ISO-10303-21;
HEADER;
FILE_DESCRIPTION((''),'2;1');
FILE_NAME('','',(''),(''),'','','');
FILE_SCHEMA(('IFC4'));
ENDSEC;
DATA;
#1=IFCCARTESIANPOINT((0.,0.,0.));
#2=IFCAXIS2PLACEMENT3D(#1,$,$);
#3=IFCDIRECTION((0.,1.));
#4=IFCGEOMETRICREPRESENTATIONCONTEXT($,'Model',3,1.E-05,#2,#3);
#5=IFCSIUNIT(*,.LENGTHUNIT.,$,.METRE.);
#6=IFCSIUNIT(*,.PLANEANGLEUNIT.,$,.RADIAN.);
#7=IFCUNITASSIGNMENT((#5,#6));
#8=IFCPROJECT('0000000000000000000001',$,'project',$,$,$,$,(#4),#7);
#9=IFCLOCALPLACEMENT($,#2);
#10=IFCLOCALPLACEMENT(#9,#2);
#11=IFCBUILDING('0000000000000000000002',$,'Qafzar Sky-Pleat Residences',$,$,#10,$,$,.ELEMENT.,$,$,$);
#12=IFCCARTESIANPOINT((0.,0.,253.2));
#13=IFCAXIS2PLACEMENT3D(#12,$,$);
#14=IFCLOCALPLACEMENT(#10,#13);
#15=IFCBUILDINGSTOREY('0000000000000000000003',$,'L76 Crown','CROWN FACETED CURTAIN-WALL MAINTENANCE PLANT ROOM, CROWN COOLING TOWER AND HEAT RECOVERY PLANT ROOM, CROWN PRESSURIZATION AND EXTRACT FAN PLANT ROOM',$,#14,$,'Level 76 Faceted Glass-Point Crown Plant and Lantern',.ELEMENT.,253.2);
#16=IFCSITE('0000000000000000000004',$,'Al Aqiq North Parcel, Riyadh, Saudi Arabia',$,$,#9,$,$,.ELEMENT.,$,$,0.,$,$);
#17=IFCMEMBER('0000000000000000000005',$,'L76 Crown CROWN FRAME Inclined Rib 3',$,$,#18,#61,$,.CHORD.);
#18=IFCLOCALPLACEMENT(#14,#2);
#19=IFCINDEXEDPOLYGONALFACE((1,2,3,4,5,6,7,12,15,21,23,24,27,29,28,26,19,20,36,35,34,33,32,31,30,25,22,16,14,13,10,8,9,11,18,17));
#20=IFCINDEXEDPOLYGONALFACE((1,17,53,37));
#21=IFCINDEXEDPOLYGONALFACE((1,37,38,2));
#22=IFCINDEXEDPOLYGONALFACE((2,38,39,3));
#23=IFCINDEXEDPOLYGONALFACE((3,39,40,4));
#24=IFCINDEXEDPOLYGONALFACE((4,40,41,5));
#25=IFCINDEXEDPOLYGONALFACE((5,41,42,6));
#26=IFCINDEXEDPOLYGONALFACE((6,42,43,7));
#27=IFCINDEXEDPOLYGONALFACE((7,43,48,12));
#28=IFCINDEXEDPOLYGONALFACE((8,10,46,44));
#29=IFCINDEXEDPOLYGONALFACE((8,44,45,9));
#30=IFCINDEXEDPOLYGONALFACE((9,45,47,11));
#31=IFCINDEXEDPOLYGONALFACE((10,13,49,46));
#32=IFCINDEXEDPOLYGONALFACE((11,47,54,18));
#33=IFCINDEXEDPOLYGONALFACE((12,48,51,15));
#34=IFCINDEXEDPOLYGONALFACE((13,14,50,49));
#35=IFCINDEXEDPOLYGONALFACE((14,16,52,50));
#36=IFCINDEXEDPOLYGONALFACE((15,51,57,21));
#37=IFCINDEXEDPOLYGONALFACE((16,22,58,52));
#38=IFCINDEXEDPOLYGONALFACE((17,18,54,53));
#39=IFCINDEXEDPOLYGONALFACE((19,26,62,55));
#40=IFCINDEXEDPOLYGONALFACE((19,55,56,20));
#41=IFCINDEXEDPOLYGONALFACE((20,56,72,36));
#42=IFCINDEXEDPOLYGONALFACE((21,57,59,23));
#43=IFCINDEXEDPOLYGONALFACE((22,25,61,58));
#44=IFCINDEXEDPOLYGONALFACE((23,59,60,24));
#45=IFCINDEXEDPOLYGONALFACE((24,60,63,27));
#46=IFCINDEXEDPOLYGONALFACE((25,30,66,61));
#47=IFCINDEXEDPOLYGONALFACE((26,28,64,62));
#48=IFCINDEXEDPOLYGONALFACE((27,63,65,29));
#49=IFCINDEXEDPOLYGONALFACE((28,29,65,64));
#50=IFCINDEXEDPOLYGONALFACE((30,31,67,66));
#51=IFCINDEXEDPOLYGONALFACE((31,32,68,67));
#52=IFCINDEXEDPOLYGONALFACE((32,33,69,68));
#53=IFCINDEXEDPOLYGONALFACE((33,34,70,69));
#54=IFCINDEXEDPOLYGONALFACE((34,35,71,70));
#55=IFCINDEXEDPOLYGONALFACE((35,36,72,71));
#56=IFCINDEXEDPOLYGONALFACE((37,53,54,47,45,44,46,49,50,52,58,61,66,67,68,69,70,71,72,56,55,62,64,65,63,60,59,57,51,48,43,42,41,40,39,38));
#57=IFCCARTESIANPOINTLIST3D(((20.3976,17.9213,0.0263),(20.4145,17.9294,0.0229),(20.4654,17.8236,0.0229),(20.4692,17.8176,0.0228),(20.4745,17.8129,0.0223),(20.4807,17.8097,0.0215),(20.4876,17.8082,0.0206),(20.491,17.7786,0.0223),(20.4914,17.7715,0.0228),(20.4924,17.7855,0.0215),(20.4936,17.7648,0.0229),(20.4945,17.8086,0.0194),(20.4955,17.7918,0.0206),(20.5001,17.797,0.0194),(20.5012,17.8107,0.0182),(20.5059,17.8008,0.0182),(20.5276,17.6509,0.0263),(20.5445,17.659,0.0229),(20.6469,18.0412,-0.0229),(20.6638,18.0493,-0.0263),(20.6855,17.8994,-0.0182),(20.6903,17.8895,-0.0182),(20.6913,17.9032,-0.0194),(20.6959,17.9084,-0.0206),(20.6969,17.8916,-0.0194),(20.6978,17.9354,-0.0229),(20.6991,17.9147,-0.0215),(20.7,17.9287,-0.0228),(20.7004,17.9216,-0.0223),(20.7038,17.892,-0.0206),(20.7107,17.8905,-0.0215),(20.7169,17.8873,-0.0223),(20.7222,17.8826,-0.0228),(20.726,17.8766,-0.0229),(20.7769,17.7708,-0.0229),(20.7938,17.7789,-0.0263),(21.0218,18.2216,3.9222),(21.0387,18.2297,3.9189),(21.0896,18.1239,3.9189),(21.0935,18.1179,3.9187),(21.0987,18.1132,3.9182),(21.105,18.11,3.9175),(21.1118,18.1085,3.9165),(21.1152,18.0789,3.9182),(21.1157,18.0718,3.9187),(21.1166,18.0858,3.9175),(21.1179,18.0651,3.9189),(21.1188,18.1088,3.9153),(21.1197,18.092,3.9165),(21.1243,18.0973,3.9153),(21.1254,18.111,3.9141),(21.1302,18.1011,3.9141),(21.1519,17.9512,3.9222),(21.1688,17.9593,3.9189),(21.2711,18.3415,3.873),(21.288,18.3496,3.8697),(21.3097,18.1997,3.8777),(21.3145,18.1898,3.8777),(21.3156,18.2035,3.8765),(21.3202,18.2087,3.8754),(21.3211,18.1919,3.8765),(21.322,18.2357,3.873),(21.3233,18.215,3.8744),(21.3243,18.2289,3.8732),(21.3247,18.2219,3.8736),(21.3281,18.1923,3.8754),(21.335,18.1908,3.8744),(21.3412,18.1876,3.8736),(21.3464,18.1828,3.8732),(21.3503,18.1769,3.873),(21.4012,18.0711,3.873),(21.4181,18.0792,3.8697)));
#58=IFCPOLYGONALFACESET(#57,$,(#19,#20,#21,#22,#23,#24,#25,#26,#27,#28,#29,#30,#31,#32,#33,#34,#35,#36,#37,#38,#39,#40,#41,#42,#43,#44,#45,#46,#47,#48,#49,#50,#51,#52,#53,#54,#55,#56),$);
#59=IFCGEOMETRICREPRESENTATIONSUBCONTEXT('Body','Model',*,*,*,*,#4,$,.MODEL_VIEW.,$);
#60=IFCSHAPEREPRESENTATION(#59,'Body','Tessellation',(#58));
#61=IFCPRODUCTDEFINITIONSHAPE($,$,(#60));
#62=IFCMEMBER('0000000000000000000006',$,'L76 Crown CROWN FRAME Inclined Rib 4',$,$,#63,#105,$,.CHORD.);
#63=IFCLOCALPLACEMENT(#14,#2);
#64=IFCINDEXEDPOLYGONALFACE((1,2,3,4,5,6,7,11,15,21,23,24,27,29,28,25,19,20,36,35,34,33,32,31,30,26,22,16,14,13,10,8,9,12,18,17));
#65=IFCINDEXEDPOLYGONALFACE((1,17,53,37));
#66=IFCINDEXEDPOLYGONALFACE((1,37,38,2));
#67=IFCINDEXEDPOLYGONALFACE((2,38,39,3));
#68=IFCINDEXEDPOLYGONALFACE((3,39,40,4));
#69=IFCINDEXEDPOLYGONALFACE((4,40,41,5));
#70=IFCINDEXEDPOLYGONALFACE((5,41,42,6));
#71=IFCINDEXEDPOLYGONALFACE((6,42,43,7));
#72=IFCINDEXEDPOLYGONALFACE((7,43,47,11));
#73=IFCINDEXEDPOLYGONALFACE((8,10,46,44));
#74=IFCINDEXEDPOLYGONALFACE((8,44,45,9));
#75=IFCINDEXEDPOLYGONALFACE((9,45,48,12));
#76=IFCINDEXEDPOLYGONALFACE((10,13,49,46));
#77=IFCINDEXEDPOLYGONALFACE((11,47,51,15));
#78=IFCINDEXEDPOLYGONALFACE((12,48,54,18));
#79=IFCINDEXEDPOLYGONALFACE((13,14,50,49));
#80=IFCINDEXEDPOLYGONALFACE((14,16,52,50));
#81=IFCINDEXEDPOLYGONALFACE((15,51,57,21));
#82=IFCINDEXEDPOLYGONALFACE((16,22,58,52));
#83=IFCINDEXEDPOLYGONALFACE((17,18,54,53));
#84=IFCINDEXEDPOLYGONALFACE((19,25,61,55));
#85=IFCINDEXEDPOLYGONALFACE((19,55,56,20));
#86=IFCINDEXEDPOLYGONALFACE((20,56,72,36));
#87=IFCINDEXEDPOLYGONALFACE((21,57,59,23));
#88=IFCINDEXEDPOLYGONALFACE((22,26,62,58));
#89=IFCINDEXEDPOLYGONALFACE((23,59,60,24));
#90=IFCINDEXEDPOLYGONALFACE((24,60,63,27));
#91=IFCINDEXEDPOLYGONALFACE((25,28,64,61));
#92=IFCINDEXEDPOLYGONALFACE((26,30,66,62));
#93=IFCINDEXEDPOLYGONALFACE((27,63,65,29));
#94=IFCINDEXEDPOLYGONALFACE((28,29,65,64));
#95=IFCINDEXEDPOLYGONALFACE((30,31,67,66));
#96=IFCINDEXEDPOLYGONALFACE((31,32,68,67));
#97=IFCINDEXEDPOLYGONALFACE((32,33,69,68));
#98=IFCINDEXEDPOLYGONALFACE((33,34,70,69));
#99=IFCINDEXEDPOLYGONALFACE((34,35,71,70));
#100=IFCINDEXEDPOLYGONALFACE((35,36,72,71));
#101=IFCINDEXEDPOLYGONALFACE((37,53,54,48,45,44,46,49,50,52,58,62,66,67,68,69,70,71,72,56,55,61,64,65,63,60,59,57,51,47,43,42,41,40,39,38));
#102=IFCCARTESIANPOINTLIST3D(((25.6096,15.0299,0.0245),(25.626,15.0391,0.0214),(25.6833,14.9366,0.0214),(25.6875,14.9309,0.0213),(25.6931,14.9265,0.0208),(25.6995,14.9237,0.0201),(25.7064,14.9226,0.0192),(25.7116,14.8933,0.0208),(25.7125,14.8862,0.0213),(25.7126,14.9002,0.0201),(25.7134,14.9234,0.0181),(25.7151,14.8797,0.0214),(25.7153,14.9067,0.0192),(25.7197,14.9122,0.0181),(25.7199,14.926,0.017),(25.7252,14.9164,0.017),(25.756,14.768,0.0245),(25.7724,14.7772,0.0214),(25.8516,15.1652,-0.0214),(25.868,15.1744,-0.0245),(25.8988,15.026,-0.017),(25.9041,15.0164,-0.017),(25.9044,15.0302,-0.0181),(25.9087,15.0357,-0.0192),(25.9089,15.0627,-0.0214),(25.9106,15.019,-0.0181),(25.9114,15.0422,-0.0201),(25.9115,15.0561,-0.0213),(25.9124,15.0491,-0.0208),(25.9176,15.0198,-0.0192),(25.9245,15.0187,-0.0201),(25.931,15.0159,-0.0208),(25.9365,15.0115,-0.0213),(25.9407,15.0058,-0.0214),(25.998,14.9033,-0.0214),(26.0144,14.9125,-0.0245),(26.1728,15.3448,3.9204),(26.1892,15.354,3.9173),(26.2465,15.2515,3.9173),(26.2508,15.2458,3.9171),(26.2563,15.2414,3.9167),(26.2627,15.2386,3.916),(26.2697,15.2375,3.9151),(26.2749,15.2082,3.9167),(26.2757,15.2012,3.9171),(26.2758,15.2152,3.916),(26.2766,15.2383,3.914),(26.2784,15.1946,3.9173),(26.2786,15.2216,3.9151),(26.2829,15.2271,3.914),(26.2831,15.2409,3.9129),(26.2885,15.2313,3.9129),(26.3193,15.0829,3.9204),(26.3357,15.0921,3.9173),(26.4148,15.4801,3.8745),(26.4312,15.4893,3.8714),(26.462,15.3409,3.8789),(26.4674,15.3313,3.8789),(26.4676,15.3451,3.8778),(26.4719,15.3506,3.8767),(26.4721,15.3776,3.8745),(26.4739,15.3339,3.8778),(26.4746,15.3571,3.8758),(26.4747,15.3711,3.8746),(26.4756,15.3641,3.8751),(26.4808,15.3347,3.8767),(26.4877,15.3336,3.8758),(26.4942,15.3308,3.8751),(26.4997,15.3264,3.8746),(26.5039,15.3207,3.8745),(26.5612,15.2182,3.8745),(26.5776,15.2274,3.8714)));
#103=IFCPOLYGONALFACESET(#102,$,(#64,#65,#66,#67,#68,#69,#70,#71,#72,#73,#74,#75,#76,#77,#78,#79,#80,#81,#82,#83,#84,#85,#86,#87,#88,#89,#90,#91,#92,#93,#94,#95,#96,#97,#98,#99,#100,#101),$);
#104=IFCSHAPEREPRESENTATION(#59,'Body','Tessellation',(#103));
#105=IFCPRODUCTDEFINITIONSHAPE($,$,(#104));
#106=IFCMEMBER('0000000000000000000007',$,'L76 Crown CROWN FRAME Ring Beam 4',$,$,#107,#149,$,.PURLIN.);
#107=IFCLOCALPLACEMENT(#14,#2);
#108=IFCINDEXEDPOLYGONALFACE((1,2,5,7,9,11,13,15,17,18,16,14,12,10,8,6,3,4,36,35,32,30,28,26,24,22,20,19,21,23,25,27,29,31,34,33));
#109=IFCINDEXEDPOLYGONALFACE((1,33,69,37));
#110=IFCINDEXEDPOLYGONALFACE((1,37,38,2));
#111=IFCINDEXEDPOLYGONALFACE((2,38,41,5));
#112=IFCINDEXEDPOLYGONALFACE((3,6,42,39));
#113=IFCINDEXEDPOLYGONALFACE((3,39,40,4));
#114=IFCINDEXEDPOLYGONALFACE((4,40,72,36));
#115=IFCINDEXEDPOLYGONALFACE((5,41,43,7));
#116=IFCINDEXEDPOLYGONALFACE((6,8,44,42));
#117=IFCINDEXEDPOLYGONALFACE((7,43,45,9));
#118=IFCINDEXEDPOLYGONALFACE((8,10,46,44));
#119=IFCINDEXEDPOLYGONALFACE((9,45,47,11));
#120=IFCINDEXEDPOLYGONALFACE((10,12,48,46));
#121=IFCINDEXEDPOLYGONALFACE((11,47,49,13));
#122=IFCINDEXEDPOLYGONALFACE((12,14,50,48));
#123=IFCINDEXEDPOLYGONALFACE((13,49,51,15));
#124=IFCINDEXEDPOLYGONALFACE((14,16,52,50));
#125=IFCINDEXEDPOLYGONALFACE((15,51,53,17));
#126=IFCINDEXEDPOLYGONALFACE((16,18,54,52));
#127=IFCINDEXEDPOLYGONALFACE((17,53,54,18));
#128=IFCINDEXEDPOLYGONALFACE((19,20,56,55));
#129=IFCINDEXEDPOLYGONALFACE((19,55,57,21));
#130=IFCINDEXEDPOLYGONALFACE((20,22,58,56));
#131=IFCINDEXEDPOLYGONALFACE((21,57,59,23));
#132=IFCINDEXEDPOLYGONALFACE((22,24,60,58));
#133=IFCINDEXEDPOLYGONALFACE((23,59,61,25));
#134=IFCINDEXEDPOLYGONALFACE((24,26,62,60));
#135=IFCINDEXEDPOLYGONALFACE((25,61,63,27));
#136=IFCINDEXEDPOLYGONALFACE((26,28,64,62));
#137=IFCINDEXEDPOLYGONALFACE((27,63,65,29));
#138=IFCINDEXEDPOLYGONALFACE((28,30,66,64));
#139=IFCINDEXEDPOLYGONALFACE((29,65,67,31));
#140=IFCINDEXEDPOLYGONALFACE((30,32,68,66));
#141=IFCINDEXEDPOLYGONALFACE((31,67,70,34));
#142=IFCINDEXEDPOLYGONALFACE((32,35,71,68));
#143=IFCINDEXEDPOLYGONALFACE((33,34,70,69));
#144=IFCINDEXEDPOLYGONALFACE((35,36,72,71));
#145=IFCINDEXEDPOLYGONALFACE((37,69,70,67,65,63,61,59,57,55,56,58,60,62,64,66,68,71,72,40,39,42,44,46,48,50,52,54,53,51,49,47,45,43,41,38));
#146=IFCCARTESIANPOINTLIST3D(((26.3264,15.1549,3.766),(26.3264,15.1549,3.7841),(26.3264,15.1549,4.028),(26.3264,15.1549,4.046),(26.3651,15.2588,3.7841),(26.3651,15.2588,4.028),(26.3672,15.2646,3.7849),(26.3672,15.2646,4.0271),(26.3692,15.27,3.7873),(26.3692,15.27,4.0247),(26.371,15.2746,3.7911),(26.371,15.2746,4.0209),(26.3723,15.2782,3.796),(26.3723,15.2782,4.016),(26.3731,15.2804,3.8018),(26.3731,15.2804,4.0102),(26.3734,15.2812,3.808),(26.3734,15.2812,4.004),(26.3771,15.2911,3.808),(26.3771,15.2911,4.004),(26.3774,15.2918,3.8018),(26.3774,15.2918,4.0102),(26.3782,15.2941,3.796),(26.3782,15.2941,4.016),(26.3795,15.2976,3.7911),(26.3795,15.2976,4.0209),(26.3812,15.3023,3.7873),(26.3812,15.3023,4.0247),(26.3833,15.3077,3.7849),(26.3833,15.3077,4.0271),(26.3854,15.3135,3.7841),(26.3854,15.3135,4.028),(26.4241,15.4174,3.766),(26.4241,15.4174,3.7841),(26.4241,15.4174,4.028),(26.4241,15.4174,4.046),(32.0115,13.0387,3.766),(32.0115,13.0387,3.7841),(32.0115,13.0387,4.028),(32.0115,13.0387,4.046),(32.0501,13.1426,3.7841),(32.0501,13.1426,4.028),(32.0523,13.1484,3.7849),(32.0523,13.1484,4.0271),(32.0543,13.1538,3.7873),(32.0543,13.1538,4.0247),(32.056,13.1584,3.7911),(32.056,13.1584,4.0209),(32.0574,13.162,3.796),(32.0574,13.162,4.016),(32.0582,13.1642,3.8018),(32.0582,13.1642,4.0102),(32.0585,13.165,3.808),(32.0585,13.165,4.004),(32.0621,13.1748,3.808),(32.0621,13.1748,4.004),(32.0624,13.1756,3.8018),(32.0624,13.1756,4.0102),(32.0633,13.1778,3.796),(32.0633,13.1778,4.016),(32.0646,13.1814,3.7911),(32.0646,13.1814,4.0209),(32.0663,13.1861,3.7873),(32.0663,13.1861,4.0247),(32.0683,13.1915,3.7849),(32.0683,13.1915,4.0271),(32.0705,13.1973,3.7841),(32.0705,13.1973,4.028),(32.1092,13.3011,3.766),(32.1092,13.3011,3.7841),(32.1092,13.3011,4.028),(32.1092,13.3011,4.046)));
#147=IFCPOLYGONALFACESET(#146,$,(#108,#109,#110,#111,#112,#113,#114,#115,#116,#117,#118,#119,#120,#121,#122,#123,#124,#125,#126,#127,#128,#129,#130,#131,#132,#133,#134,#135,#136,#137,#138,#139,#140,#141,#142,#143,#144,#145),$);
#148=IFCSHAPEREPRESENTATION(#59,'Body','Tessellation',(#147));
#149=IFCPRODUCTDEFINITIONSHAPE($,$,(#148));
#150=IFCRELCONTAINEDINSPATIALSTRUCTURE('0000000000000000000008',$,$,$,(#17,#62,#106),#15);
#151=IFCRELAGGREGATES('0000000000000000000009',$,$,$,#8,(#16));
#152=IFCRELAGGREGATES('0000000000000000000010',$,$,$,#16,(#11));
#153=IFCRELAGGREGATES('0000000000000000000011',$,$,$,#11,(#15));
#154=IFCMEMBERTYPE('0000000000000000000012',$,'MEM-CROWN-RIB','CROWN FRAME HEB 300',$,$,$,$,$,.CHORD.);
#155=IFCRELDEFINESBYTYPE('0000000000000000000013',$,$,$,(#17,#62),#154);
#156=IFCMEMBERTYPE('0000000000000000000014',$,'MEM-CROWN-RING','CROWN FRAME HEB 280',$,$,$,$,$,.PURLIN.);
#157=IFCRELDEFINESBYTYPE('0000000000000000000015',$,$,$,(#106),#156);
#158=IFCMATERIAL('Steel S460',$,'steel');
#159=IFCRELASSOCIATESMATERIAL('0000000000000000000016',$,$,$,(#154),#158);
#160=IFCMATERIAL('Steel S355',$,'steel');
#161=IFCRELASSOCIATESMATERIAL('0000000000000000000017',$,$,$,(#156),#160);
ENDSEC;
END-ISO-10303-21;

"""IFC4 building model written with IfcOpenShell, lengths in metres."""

from ifc_helpers import new_model, si_unit, direction, frame, origin, origin_2d, place, context, subcontext, project, spatial, i_section, extrude, source, transform, mapped, material, material_profile, profile_set, type_object, element, save


model = new_model("IFC4")

# Units and contexts
model_context = context("Model", 3, precision=1e-05, world=origin(), true_north=direction((0.0, 1.0)))
body_context = subcontext(model_context, "Body", "Model", "MODEL_VIEW")
ifc_project = project(units=[si_unit("LENGTHUNIT", "METRE"), si_unit("PLANEANGLEUNIT", "RADIAN")], contexts=[model_context])

# Site, building, storey
site_placement = place(None, origin())
site = spatial("IfcSite", under=ifc_project, at=site_placement, Name="Al Aqiq North Parcel, Riyadh, Saudi Arabia", CompositionType="ELEMENT", RefElevation=0.0)
building_placement = place(site_placement, origin())
building = spatial("IfcBuilding", under=site, at=building_placement, Name="Qafzar Sky-Pleat Residences", CompositionType="ELEMENT")
storey_placement = place(building_placement, frame((0.0, 0.0, 253.2)))
storey = spatial("IfcBuildingStorey", under=building, at=storey_placement, Name="L76 Crown", Description="CROWN FACETED CURTAIN-WALL MAINTENANCE PLANT ROOM, CROWN COOLING TOWER AND HEAT RECOVERY PLANT ROOM, CROWN PRESSURIZATION AND EXTRACT FAN PLANT ROOM", LongName="Level 76 Faceted Glass-Point Crown Plant and Lantern", CompositionType="ELEMENT", Elevation=253.2)

# Members
ifc_material_1 = material(Name="Steel S460", Category="steel")
ifc_material_profile_1 = material_profile(ifc_material_1, i_section(OverallWidth=0.3, OverallDepth=0.3, WebThickness=0.011, FlangeThickness=0.019, FilletRadius=0.0271, at=origin_2d()), Name="HEB 300")
ifc_profile_set_1 = profile_set([ifc_material_profile_1], Name="Steel S460")
member_type_1 = type_object("IfcMemberType", Name="MEM-CROWN-RIB", Description="CROWN FRAME HEB 300", PredefinedType="CHORD", material=ifc_profile_set_1)
shared_shape_1 = source(origin(), body_context, "Body", "SweptSolid", [
    extrude(i_section(OverallWidth=0.3, OverallDepth=0.3, WebThickness=0.011, FlangeThickness=0.019, FilletRadius=0.0271, at=origin_2d()), origin(), (0.0, 0.0, 1.0), 3.957),
])
member_1_placement = place(storey_placement, frame((20.5957, 17.8501, 0.0), z_axis=(0.157759, 0.075887, 0.984557), x_axis=(-0.433487, 0.90116, 0.0)))
element("IfcMember", 1, at=member_1_placement, inside=storey, type_object=member_type_1, Name="L76 Crown CROWN FRAME Inclined Rib 3", PredefinedType="CHORD", context=body_context, shape_type="MappedRepresentation", body=[
    mapped(shared_shape_1, transform((0.0, 0.0, 0.0), x_axis=(1.0, 0.0, 0.0), y_axis=(0.0, 1.0, 0.0), z_axis=(0.0, 0.0, 1.0), scale=1.0)),
])
shared_shape_2 = source(origin(), body_context, "Body", "SweptSolid", [
    extrude(i_section(OverallWidth=0.3, OverallDepth=0.3, WebThickness=0.011, FlangeThickness=0.019, FilletRadius=0.0271, at=origin_2d()), origin(), (0.0, 0.0, 1.0), 3.949),
])
member_2_placement = place(storey_placement, frame((25.812, 14.9712, 0.0), z_axis=(0.142624, 0.079751, 0.986559), x_axis=(-0.48805, 0.872816, 0.0)))
element("IfcMember", 2, at=member_2_placement, inside=storey, type_object=member_type_1, Name="L76 Crown CROWN FRAME Inclined Rib 4", PredefinedType="CHORD", context=body_context, shape_type="MappedRepresentation", body=[
    mapped(shared_shape_2, transform((0.0, 0.0, 0.0), x_axis=(1.0, 0.0, 0.0), y_axis=(0.0, 1.0, 0.0), z_axis=(0.0, 0.0, 1.0), scale=1.0)),
])
ifc_material_2 = material(Name="Steel S355", Category="steel")
ifc_material_profile_2 = material_profile(ifc_material_2, i_section(OverallWidth=0.28, OverallDepth=0.28, WebThickness=0.0105, FlangeThickness=0.0181, FilletRadius=0.0239, at=origin_2d()), Name="HEB 280")
ifc_profile_set_2 = profile_set([ifc_material_profile_2], Name="Steel S355")
member_type_2 = type_object("IfcMemberType", Name="MEM-CROWN-RING", Description="CROWN FRAME HEB 280", PredefinedType="PURLIN", material=ifc_profile_set_2)
shared_shape_3 = source(origin(), body_context, "Body", "SweptSolid", [
    extrude(i_section(OverallWidth=0.28, OverallDepth=0.28, WebThickness=0.0105, FlangeThickness=0.0181, FilletRadius=0.0239, at=origin_2d()), origin(), (0.0, 0.0, 1.0), 6.0662),
])
member_3_placement = place(storey_placement, frame((26.3752, 15.2861, 3.906), z_axis=(0.937177, -0.348855, 0.0), x_axis=(0.348855, 0.937177, 0.0)))
element("IfcMember", 3, at=member_3_placement, inside=storey, type_object=member_type_2, Name="L76 Crown CROWN FRAME Ring Beam 4", PredefinedType="PURLIN", context=body_context, shape_type="MappedRepresentation", body=[
    mapped(shared_shape_3, transform((0.0, 0.0, 0.0), x_axis=(1.0, 0.0, 0.0), y_axis=(0.0, 1.0, 0.0), z_axis=(0.0, 0.0, 1.0), scale=1.0)),
])

save(model, "model.ifc")
